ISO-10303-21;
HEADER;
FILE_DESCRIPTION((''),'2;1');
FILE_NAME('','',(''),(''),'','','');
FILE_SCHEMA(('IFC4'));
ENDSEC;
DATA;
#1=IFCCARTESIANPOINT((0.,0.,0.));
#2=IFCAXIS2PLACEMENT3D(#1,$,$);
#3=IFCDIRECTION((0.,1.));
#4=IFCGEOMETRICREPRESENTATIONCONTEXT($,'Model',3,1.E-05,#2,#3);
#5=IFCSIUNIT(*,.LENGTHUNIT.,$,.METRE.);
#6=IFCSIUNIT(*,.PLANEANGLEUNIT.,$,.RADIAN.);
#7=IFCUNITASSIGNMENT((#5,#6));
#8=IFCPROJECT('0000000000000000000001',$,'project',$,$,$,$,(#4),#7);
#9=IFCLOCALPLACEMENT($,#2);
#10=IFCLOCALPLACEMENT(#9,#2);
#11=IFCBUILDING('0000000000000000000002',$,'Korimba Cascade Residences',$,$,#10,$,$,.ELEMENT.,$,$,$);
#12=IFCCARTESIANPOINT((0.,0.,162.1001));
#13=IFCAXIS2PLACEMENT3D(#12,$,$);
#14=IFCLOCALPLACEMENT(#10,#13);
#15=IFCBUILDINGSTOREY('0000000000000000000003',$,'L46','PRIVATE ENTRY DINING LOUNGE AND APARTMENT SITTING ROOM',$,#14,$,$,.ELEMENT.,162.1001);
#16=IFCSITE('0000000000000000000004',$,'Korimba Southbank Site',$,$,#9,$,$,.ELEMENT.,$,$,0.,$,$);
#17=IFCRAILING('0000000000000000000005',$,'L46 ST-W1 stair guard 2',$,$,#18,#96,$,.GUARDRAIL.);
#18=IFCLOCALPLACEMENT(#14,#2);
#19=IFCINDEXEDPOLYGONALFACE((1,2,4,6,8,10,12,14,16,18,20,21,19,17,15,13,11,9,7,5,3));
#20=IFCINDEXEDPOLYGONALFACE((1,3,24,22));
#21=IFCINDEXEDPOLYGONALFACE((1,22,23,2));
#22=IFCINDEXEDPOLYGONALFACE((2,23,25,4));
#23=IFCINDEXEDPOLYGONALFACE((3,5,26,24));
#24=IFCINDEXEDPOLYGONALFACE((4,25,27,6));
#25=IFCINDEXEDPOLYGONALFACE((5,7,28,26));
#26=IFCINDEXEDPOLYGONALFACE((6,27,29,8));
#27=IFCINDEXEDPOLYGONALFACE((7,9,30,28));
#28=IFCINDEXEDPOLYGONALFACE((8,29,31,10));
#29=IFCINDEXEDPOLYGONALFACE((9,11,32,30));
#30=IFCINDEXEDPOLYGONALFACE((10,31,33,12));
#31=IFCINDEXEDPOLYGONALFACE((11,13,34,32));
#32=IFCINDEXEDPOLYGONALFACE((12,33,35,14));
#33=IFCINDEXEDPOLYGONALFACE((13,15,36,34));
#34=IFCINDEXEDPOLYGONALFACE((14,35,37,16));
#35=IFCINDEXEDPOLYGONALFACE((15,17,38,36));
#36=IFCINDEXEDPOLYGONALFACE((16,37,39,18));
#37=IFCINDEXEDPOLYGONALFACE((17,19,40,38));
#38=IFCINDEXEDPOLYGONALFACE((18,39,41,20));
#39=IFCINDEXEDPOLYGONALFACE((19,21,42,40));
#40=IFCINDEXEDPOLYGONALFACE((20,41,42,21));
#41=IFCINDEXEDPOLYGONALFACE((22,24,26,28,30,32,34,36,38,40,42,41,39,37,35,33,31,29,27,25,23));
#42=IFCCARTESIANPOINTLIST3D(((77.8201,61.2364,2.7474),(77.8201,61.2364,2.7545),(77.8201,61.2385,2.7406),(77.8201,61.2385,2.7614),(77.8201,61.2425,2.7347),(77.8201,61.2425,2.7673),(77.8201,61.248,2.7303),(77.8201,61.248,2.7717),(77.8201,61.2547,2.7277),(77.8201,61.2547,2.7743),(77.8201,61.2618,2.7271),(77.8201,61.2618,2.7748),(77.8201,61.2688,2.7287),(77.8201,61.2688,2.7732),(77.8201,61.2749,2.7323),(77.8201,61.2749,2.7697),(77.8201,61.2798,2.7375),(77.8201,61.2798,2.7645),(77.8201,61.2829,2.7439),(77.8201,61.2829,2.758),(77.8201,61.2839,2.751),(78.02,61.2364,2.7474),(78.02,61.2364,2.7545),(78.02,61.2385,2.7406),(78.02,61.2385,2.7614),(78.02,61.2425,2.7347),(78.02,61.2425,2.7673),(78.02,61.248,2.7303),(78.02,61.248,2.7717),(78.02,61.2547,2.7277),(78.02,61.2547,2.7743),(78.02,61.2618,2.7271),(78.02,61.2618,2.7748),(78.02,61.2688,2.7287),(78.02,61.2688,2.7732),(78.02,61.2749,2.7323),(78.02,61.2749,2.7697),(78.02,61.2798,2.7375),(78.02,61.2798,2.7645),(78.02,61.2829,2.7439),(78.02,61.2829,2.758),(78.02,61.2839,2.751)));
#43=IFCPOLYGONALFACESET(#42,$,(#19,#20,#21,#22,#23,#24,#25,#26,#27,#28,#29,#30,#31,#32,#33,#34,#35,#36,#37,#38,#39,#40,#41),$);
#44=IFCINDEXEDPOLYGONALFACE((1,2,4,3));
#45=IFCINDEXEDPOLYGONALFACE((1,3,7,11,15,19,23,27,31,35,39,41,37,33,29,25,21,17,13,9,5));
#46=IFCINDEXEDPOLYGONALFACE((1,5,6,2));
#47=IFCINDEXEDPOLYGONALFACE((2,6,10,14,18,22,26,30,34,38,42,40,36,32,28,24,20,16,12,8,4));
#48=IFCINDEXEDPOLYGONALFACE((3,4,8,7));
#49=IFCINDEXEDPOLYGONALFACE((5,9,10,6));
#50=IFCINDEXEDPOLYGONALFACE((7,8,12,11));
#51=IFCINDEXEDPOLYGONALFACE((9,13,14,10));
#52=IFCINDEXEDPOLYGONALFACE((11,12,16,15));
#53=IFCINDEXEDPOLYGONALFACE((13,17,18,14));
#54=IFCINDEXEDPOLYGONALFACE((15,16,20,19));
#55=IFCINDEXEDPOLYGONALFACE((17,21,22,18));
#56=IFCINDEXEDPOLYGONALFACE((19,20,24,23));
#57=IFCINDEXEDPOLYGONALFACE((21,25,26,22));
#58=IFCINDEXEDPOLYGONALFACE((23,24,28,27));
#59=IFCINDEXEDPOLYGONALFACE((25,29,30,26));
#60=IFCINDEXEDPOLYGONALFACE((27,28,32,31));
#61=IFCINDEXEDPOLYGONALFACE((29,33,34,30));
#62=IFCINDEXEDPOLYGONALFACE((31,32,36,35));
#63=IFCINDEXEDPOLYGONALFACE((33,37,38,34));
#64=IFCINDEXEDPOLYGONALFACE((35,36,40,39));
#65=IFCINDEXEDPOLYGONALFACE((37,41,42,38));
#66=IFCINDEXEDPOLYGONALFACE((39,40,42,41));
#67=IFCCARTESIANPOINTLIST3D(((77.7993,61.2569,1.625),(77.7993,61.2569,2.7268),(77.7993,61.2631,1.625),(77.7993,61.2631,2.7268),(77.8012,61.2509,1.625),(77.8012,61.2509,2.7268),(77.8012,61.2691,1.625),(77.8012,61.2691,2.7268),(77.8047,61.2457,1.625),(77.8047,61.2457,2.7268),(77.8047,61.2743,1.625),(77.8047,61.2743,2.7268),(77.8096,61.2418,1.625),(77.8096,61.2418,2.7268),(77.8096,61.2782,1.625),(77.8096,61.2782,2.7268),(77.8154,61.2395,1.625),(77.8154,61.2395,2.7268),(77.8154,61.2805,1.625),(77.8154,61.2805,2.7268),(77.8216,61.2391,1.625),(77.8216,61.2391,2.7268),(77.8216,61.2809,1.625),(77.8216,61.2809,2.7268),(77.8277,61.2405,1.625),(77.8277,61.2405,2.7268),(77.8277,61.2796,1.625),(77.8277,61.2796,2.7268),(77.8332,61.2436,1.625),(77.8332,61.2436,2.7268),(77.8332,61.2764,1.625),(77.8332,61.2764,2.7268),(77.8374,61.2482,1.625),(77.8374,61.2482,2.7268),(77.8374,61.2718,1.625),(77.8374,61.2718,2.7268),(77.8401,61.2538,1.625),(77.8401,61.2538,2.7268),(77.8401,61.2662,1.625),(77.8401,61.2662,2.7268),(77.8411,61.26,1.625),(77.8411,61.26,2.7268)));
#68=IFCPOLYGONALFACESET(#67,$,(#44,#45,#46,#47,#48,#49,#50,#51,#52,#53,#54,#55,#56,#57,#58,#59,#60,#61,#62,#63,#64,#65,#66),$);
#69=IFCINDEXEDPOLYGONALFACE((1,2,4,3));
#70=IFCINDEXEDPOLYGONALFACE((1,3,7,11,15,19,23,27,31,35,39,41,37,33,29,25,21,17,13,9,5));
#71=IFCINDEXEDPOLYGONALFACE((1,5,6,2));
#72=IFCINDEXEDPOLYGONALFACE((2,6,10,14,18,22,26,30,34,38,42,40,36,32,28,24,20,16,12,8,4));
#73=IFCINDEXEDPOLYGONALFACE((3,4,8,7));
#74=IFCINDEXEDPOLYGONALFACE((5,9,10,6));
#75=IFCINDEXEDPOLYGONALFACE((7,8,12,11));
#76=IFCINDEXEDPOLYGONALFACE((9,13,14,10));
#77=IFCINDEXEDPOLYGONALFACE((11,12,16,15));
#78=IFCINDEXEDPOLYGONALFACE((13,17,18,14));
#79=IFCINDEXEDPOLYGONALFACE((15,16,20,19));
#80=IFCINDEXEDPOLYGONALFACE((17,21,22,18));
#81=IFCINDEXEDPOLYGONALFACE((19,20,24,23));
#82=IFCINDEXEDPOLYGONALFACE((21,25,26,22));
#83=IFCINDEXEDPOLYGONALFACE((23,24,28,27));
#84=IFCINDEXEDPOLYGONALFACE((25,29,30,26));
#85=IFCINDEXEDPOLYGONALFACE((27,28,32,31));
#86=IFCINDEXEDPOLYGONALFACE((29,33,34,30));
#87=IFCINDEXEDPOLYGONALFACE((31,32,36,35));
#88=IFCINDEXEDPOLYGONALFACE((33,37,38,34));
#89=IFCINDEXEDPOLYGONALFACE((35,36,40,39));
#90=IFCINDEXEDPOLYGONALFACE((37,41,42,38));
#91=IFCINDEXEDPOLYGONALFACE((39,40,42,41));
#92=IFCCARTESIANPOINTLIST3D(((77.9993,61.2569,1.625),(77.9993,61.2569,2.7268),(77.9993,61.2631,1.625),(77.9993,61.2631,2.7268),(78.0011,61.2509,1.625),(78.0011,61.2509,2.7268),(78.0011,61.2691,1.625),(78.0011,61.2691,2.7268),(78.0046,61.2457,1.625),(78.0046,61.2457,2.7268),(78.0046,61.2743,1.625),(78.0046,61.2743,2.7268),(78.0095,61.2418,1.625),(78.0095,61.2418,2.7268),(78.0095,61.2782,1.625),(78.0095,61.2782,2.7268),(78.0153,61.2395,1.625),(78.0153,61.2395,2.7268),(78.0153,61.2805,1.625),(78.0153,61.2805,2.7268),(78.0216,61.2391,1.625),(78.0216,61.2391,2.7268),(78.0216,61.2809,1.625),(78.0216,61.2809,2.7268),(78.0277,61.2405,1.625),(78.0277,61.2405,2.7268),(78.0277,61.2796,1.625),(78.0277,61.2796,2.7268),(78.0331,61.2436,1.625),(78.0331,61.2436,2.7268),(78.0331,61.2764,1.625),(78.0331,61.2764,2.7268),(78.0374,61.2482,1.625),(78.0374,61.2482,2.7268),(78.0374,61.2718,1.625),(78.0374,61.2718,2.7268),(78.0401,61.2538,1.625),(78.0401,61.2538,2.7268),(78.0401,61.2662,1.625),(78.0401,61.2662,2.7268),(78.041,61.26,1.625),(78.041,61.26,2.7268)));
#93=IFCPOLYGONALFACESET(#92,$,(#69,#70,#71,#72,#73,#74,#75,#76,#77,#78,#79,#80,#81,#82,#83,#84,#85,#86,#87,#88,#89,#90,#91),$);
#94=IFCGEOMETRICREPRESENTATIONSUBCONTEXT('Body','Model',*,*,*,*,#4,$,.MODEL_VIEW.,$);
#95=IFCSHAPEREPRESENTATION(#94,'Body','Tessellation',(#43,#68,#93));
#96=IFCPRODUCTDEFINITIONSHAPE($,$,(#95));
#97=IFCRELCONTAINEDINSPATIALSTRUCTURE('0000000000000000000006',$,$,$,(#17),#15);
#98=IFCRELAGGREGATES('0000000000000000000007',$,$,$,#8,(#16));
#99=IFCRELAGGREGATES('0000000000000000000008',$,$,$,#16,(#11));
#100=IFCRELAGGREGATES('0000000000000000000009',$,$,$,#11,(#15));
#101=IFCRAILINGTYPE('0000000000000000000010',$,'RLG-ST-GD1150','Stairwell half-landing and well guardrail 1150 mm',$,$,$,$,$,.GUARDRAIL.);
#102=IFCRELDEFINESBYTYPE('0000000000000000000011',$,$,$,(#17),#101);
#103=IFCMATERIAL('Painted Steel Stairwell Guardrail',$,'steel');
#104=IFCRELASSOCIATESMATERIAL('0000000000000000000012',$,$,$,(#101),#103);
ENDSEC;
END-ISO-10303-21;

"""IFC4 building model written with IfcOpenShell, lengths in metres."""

from ifc_helpers import new_model, si_unit, direction, frame, origin, origin_2d, place, context, subcontext, project, spatial, circle, extrude, material, type_object, element, save


model = new_model("IFC4")

# Units and contexts
model_context = context("Model", 3, precision=1e-05, world=origin(), true_north=direction((0.0, 1.0)))
body_context = subcontext(model_context, "Body", "Model", "MODEL_VIEW")
ifc_project = project(units=[si_unit("LENGTHUNIT", "METRE"), si_unit("PLANEANGLEUNIT", "RADIAN")], contexts=[model_context])

# Site, building, storey
site_placement = place(None, origin())
site = spatial("IfcSite", under=ifc_project, at=site_placement, Name="Korimba Southbank Site", CompositionType="ELEMENT", RefElevation=0.0)
building_placement = place(site_placement, origin())
building = spatial("IfcBuilding", under=site, at=building_placement, Name="Korimba Cascade Residences", CompositionType="ELEMENT")
storey_placement = place(building_placement, frame((0.0, 0.0, 162.1001)))
storey = spatial("IfcBuildingStorey", under=building, at=storey_placement, Name="L46", Description="PRIVATE ENTRY DINING LOUNGE AND APARTMENT SITTING ROOM", CompositionType="ELEMENT", Elevation=162.1001)

# Railing
ifc_material_1 = material(Name="Painted Steel Stairwell Guardrail", Category="steel")
railing_type_1 = type_object("IfcRailingType", Name="RLG-ST-GD1150", Description="Stairwell half-landing and well guardrail 1150 mm", PredefinedType="GUARDRAIL", material=ifc_material_1)
railing_1_placement = place(storey_placement, frame((77.8201, 61.26, 1.625)))
element("IfcRailing", 1, at=railing_1_placement, inside=storey, type_object=railing_type_1, Name="L46 ST-W1 stair guard 2", PredefinedType="GUARDRAIL", context=body_context, shape_type="SweptSolid", body=[
    extrude(circle(Radius=0.0239, at=origin_2d()), frame((0.0, 0.0, 1.126), z_axis=(1.0, 0.0, 0.0), x_axis=(0.0, 1.0, 0.0)), (0.0, 0.0, 1.0), 0.2),
    extrude(circle(Radius=0.021, at=origin_2d()), origin(), (0.0, 0.0, 1.0), 1.1018),
    extrude(circle(Radius=0.021, at=origin_2d()), frame((0.2, 0.0, 0.0)), (0.0, 0.0, 1.0), 1.1018),
])

save(model, "model.ifc")
